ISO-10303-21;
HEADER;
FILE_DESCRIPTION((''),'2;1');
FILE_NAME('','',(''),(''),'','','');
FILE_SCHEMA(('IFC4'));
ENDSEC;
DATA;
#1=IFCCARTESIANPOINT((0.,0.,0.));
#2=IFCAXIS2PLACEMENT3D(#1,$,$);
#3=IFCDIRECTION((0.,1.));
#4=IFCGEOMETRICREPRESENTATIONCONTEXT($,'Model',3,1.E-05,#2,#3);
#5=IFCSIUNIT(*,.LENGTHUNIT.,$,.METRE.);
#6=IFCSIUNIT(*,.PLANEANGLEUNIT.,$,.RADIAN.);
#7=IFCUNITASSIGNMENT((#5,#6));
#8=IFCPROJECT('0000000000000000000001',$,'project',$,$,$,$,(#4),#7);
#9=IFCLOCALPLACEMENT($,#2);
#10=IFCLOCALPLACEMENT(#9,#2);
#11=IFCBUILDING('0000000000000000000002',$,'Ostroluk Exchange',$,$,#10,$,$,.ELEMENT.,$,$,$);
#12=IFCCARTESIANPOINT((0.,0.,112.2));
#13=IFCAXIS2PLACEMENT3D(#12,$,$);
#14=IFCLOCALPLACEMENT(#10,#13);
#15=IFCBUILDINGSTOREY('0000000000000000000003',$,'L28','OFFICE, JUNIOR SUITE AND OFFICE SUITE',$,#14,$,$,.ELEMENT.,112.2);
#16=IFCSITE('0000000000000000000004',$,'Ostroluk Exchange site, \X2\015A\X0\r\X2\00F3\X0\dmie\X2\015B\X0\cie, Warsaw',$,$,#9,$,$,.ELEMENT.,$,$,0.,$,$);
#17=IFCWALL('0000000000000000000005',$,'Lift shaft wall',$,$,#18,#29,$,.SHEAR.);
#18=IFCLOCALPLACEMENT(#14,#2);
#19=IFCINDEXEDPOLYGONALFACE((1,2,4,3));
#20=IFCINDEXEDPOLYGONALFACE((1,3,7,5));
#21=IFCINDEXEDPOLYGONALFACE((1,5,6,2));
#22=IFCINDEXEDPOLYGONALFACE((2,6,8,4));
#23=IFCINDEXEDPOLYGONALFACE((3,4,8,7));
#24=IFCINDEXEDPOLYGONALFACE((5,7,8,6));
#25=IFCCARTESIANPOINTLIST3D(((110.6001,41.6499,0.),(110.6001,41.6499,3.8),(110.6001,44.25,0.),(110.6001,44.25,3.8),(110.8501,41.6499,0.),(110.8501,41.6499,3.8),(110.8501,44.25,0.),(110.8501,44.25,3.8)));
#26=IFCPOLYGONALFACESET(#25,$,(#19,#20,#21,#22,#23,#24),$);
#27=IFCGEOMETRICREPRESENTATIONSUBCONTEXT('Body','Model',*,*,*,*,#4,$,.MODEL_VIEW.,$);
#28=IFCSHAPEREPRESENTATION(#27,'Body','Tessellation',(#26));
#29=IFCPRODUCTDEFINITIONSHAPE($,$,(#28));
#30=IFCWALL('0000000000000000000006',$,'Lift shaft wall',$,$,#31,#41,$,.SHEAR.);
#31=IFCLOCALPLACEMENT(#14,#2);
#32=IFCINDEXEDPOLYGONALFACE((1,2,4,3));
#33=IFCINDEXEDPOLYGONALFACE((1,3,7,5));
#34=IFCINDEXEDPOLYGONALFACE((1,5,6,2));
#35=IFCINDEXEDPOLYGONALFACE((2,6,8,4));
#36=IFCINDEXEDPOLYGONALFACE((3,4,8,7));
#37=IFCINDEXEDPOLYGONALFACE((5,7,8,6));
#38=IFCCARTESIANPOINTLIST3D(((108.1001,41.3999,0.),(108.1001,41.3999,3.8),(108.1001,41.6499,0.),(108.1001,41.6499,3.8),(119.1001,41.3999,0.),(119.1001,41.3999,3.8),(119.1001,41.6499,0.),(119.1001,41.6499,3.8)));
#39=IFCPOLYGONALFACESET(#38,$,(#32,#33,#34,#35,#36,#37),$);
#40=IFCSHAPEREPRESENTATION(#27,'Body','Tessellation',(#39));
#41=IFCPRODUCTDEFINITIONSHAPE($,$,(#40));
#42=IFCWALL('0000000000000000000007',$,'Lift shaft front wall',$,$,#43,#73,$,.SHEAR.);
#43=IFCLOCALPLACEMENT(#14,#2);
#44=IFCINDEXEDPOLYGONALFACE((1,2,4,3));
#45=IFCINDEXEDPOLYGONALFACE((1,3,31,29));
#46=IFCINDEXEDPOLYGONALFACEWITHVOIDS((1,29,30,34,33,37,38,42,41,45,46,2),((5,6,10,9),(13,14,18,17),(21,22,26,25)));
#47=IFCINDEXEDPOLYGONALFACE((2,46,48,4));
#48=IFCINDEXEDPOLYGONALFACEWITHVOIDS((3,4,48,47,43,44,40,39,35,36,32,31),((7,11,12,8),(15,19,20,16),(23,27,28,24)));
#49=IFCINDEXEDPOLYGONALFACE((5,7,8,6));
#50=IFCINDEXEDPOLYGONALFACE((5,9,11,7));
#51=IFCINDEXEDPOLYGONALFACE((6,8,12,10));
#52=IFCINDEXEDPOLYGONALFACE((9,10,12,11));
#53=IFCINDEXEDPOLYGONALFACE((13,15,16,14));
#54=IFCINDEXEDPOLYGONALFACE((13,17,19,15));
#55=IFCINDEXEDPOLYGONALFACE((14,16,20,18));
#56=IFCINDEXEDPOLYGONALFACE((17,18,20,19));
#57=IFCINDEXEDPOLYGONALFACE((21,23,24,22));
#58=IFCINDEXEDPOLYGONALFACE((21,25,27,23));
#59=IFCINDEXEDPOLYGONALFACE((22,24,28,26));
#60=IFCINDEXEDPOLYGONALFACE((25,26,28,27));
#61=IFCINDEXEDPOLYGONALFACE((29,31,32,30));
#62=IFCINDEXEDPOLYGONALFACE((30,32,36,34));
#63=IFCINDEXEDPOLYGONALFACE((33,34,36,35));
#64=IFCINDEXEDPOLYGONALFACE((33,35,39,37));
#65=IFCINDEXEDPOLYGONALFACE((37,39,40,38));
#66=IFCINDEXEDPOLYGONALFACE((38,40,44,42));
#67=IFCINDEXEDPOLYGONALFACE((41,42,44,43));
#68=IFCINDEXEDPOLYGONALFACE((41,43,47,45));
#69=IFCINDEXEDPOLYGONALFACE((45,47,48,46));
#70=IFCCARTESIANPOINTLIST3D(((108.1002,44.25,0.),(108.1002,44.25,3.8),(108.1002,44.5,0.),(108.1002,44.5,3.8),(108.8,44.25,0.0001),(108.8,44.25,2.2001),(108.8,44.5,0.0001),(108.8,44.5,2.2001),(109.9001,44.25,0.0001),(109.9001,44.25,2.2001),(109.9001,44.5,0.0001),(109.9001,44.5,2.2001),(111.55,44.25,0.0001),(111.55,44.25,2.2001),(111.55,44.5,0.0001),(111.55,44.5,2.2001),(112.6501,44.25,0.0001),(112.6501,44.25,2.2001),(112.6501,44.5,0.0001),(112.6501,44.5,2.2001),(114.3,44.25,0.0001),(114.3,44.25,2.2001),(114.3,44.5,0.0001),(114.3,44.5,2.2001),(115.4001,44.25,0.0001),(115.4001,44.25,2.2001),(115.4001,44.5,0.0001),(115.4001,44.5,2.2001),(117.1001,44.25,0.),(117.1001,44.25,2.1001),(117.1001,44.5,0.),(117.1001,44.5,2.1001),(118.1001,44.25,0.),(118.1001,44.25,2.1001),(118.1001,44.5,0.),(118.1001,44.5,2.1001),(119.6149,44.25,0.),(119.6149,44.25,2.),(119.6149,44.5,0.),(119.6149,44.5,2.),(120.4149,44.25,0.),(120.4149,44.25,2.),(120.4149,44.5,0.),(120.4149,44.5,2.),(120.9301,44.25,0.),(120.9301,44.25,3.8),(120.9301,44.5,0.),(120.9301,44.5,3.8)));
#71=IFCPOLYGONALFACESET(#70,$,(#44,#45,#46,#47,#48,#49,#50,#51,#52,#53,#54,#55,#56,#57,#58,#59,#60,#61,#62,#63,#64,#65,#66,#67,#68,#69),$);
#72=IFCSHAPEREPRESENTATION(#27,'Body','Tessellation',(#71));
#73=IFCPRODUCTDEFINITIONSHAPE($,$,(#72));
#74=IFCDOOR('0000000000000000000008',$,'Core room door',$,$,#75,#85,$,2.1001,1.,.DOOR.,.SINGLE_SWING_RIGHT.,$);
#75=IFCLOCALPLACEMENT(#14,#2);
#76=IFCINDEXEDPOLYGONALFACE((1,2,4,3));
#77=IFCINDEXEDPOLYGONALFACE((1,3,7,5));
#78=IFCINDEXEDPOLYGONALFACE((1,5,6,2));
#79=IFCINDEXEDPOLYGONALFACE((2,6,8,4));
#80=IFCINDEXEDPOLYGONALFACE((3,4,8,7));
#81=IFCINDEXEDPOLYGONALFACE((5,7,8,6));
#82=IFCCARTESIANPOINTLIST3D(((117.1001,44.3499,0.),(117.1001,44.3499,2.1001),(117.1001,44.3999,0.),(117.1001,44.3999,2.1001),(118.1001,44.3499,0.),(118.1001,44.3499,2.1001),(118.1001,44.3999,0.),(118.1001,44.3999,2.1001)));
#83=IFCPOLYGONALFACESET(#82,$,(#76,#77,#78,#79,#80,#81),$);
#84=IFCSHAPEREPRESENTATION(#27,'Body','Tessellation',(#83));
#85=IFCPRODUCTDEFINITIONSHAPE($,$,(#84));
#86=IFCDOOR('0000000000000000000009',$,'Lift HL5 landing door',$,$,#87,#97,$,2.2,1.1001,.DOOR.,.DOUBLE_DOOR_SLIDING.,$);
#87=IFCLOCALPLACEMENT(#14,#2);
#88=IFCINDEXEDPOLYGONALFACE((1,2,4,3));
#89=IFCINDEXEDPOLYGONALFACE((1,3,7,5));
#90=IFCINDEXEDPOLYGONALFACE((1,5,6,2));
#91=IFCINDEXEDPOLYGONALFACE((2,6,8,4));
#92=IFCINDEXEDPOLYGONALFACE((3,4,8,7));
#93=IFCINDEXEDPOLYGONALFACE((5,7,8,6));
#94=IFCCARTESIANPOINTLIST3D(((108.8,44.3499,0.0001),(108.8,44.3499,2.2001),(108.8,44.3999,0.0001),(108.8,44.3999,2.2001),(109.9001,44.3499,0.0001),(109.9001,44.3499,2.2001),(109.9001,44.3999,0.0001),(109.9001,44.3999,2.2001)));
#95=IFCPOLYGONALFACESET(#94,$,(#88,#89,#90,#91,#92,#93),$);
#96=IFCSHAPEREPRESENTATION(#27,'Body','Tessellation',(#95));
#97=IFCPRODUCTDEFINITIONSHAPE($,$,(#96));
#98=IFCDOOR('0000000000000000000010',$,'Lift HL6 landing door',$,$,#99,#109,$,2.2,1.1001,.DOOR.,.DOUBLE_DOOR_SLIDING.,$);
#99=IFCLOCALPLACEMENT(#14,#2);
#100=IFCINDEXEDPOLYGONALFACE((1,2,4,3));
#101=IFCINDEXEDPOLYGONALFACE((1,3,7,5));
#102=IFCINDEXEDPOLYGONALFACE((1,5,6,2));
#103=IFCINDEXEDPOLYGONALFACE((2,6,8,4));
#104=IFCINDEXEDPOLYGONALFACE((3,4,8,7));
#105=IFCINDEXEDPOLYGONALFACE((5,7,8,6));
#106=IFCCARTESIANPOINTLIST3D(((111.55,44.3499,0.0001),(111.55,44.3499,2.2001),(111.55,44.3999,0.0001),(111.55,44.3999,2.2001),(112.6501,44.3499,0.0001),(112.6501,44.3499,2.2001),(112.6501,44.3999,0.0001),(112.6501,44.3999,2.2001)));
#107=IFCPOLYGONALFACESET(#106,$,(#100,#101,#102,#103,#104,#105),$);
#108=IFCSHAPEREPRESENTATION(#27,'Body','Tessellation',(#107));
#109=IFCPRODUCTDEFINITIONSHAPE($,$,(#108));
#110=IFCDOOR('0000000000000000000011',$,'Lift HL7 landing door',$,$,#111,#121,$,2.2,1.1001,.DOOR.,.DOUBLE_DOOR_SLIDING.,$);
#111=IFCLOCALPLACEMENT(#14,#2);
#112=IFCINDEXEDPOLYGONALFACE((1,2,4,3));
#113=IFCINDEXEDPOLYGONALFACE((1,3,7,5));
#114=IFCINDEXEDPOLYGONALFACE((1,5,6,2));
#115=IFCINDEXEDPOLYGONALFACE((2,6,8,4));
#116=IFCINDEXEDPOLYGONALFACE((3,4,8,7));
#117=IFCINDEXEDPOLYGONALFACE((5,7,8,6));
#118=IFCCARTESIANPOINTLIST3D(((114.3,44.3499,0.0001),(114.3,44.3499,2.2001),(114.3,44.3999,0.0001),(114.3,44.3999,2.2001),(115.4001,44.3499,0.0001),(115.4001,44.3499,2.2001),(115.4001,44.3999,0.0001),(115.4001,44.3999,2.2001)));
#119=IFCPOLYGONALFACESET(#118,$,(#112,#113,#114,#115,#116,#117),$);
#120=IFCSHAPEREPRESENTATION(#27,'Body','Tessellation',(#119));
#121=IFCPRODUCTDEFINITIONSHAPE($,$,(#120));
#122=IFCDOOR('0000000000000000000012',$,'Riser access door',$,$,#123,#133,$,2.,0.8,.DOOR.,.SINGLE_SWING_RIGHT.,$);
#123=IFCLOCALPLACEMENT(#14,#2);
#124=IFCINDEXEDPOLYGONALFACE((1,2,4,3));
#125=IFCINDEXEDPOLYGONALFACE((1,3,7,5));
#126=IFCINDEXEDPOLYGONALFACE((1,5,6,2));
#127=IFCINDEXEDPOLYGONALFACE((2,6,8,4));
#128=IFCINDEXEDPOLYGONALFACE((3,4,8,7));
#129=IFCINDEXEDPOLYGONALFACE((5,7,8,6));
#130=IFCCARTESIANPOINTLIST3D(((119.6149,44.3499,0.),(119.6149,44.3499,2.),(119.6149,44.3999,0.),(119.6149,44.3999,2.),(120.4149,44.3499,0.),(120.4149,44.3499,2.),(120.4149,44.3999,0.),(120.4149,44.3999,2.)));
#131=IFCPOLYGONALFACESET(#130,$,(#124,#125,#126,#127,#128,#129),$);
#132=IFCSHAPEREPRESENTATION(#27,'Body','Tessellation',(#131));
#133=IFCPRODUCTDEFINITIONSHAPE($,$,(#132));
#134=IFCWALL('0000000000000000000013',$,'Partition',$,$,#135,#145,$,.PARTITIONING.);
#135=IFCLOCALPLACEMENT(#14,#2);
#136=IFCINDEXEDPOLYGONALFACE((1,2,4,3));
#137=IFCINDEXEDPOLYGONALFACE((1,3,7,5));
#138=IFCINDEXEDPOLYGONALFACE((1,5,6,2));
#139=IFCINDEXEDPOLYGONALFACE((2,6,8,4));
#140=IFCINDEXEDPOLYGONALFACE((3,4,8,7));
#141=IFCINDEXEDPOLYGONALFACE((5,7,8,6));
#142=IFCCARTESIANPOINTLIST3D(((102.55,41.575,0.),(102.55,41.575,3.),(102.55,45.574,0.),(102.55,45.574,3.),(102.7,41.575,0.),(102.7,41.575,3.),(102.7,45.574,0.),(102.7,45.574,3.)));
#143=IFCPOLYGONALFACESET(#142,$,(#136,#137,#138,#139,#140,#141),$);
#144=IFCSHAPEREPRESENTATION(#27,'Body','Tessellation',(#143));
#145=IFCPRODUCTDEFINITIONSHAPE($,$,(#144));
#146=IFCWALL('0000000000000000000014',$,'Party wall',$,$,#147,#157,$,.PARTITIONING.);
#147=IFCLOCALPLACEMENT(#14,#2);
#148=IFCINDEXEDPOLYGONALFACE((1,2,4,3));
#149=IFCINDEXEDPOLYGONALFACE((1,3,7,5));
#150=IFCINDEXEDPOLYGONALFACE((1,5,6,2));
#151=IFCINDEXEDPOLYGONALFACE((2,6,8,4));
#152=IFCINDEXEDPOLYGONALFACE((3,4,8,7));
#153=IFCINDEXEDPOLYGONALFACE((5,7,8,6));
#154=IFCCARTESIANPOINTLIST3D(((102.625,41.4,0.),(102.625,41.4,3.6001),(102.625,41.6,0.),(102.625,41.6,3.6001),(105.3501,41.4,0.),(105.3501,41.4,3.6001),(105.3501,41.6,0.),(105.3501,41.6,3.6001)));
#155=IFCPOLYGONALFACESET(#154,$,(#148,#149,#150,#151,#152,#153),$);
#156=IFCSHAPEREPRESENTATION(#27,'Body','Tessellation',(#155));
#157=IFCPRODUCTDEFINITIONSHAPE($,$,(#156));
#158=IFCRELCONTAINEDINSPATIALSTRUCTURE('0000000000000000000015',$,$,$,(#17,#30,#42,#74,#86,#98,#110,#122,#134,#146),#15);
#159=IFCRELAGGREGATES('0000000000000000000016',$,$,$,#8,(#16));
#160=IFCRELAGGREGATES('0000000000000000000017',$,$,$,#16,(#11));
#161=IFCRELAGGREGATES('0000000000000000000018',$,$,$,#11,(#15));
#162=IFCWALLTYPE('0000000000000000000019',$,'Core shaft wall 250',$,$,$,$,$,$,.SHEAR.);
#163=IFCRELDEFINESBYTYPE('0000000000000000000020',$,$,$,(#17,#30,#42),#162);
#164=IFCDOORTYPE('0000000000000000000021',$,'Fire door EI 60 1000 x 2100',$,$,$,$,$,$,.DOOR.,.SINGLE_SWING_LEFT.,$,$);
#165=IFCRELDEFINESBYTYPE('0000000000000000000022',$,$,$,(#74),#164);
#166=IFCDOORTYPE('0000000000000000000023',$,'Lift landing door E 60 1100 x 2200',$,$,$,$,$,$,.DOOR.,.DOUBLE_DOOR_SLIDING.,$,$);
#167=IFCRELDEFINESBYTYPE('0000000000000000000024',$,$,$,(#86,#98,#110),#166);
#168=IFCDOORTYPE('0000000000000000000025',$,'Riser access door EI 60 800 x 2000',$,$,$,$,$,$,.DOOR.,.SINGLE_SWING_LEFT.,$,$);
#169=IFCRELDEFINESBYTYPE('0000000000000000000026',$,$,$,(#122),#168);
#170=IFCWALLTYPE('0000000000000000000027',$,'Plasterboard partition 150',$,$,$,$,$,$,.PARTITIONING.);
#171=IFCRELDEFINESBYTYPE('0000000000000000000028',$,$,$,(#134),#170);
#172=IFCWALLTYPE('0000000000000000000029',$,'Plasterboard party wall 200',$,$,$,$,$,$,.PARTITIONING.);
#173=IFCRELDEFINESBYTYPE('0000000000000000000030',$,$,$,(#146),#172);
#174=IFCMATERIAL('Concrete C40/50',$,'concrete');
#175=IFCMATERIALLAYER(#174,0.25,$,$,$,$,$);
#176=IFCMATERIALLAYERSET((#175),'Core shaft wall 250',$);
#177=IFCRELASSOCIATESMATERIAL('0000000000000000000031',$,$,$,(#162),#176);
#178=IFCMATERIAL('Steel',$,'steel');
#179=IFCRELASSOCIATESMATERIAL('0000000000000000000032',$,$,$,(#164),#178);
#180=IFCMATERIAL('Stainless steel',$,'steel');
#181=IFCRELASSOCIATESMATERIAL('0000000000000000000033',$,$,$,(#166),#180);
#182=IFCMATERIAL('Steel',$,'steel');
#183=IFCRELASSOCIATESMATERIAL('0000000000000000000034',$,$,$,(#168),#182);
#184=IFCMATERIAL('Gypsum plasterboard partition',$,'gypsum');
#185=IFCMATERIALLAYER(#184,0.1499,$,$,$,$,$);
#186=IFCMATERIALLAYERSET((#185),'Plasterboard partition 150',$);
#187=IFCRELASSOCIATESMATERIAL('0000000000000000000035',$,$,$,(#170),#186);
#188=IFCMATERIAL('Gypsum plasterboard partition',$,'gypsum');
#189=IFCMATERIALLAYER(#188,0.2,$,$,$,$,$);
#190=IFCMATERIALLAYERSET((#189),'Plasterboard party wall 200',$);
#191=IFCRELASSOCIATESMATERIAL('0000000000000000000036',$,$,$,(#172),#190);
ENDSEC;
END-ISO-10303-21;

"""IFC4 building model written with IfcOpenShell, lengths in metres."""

from ifc_helpers import new_model, si_unit, direction, frame, frame_2d, origin, place, context, subcontext, project, spatial, rectangle, extrude, material, layer, layer_set, type_object, element, fill, save


model = new_model("IFC4")

# Units and contexts
model_context = context("Model", 3, precision=1e-05, world=origin(), true_north=direction((0.0, 1.0)))
body_context = subcontext(model_context, "Body", "Model", "MODEL_VIEW")
ifc_project = project(units=[si_unit("LENGTHUNIT", "METRE"), si_unit("PLANEANGLEUNIT", "RADIAN")], contexts=[model_context])

# Site, building, storey
site_placement = place(None, origin())
site = spatial("IfcSite", under=ifc_project, at=site_placement, Name="Ostroluk Exchange site, Śródmieście, Warsaw", CompositionType="ELEMENT", RefElevation=0.0)
building_placement = place(site_placement, origin())
building = spatial("IfcBuilding", under=site, at=building_placement, Name="Ostroluk Exchange", CompositionType="ELEMENT")
storey_placement = place(building_placement, frame((0.0, 0.0, 112.2)))
storey = spatial("IfcBuildingStorey", under=building, at=storey_placement, Name="L28", Description="OFFICE, JUNIOR SUITE AND OFFICE SUITE", CompositionType="ELEMENT", Elevation=112.2)

# Shared definitions
ifc_material_1 = material(Name="Concrete C40/50", Category="concrete")
ifc_layer_1 = layer(ifc_material_1, 0.25)
ifc_layer_set_1 = layer_set([ifc_layer_1], Name="Core shaft wall 250")
wall_type_1 = type_object("IfcWallType", Name="Core shaft wall 250", PredefinedType="SHEAR", material=ifc_layer_set_1)

# Walls
wall_1_placement = place(storey_placement, frame((110.7251, 44.25, 0.0), z_axis=(0.0, 0.0, 1.0), x_axis=(0.0, -1.0, 0.0)))
element("IfcWall", 1, at=wall_1_placement, inside=storey, type_object=wall_type_1, Name="Lift shaft wall", PredefinedType="SHEAR", context=body_context, shape_type="SweptSolid", body=[
    extrude(rectangle(XDim=2.6001, YDim=0.25, at=frame_2d((1.3, 0.0))), origin(), (0.0, 0.0, 1.0), 3.8),
])
wall_2_placement = place(storey_placement, frame((108.1001, 41.5249, 0.0), z_axis=(0.0, 0.0, 1.0), x_axis=(1.0, 0.0, 0.0)))
element("IfcWall", 2, at=wall_2_placement, inside=storey, type_object=wall_type_1, Name="Lift shaft wall", PredefinedType="SHEAR", context=body_context, shape_type="SweptSolid", body=[
    extrude(rectangle(XDim=11.0, YDim=0.25, at=frame_2d((5.5, 0.0))), origin(), (0.0, 0.0, 1.0), 3.8),
])

# Wall, openings, doors
wall_3_placement = place(storey_placement, frame((108.1001, 44.375, 0.0), z_axis=(0.0, 0.0, 1.0), x_axis=(1.0, 0.0, 0.0)))
wall_3 = element("IfcWall", 3, at=wall_3_placement, inside=storey, type_object=wall_type_1, Name="Lift shaft front wall", PredefinedType="SHEAR", context=body_context, shape_type="SweptSolid", body=[
    extrude(rectangle(XDim=12.8298, YDim=0.25, at=frame_2d((6.415, 0.0))), origin(), (0.0, 0.0, 1.0), 3.8),
])
opening_1_placement = place(wall_3_placement, frame((0.7, 0.0, 0.0)))
opening_1 = element("IfcOpeningElement", 4, at=opening_1_placement, cuts=wall_3, PredefinedType="OPENING", context=body_context, shape_type="SweptSolid", body=[
    extrude(rectangle(XDim=1.1001, YDim=2.2, at=frame_2d((0.55, 1.1001))), frame((0.0, 0.135, 0.0), z_axis=(0.0, -1.0, 0.0), x_axis=(1.0, 0.0, 0.0)), (0.0, 0.0, 1.0), 0.27),
])
opening_2_placement = place(wall_3_placement, frame((3.45, 0.0, 0.0)))
opening_2 = element("IfcOpeningElement", 5, at=opening_2_placement, cuts=wall_3, PredefinedType="OPENING", context=body_context, shape_type="SweptSolid", body=[
    extrude(rectangle(XDim=1.1001, YDim=2.2, at=frame_2d((0.55, 1.1001))), frame((0.0, 0.135, 0.0), z_axis=(0.0, -1.0, 0.0), x_axis=(1.0, 0.0, 0.0)), (0.0, 0.0, 1.0), 0.27),
])
opening_3_placement = place(wall_3_placement, frame((6.2, 0.0, 0.0)))
opening_3 = element("IfcOpeningElement", 6, at=opening_3_placement, cuts=wall_3, PredefinedType="OPENING", context=body_context, shape_type="SweptSolid", body=[
    extrude(rectangle(XDim=1.1001, YDim=2.2, at=frame_2d((0.55, 1.1001))), frame((0.0, 0.135, 0.0), z_axis=(0.0, -1.0, 0.0), x_axis=(1.0, 0.0, 0.0)), (0.0, 0.0, 1.0), 0.27),
])
opening_4_placement = place(wall_3_placement, frame((9.0, 0.0, 0.0)))
opening_4 = element("IfcOpeningElement", 7, at=opening_4_placement, cuts=wall_3, PredefinedType="OPENING", context=body_context, shape_type="SweptSolid", body=[
    extrude(rectangle(XDim=1.0, YDim=2.1001, at=frame_2d((0.5, 1.05))), frame((0.0, 0.135, 0.0), z_axis=(0.0, -1.0, 0.0), x_axis=(1.0, 0.0, 0.0)), (0.0, 0.0, 1.0), 0.27),
])
opening_5_placement = place(wall_3_placement, frame((11.5149, 0.0, 0.0)))
opening_5 = element("IfcOpeningElement", 8, at=opening_5_placement, cuts=wall_3, PredefinedType="OPENING", context=body_context, shape_type="SweptSolid", body=[
    extrude(rectangle(XDim=0.8, YDim=2.0, at=frame_2d((0.3999, 1.0))), frame((0.0, 0.135, 0.0), z_axis=(0.0, -1.0, 0.0), x_axis=(1.0, 0.0, 0.0)), (0.0, 0.0, 1.0), 0.27),
])
ifc_material_2 = material(Name="Steel", Category="steel")
door_type_1 = type_object("IfcDoorType", Name="Fire door EI 60 1000 x 2100", OperationType="SINGLE_SWING_LEFT", PredefinedType="DOOR", material=ifc_material_2)
door_1_placement = place(opening_4_placement, origin())
door_1 = element("IfcDoor", 9, at=door_1_placement, inside=storey, type_object=door_type_1, Name="Core room door", OperationType="SINGLE_SWING_RIGHT", OverallHeight=2.1001, OverallWidth=1.0, PredefinedType="DOOR", context=body_context, shape_type="SweptSolid", body=[
    extrude(rectangle(XDim=1.0, YDim=2.1001, at=frame_2d((0.5, 1.05))), frame((0.0, 0.0249, 0.0), z_axis=(0.0, -1.0, 0.0), x_axis=(1.0, 0.0, 0.0)), (0.0, 0.0, 1.0), 0.05),
])
fill(opening_4, door_1)
ifc_material_3 = material(Name="Stainless steel", Category="steel")
door_type_2 = type_object("IfcDoorType", Name="Lift landing door E 60 1100 x 2200", OperationType="DOUBLE_DOOR_SLIDING", PredefinedType="DOOR", material=ifc_material_3)
door_2_placement = place(opening_1_placement, origin())
door_2 = element("IfcDoor", 10, at=door_2_placement, inside=storey, type_object=door_type_2, Name="Lift HL5 landing door", OperationType="DOUBLE_DOOR_SLIDING", OverallHeight=2.2, OverallWidth=1.1001, PredefinedType="DOOR", context=body_context, shape_type="SweptSolid", body=[
    extrude(rectangle(XDim=1.1001, YDim=2.2, at=frame_2d((0.55, 1.1001))), frame((0.0, 0.0249, 0.0), z_axis=(0.0, -1.0, 0.0), x_axis=(1.0, 0.0, 0.0)), (0.0, 0.0, 1.0), 0.05),
])
fill(opening_1, door_2)
door_3_placement = place(opening_2_placement, origin())
door_3 = element("IfcDoor", 11, at=door_3_placement, inside=storey, type_object=door_type_2, Name="Lift HL6 landing door", OperationType="DOUBLE_DOOR_SLIDING", OverallHeight=2.2, OverallWidth=1.1001, PredefinedType="DOOR", context=body_context, shape_type="SweptSolid", body=[
    extrude(rectangle(XDim=1.1001, YDim=2.2, at=frame_2d((0.55, 1.1001))), frame((0.0, 0.0249, 0.0), z_axis=(0.0, -1.0, 0.0), x_axis=(1.0, 0.0, 0.0)), (0.0, 0.0, 1.0), 0.05),
])
fill(opening_2, door_3)
door_4_placement = place(opening_3_placement, origin())
door_4 = element("IfcDoor", 12, at=door_4_placement, inside=storey, type_object=door_type_2, Name="Lift HL7 landing door", OperationType="DOUBLE_DOOR_SLIDING", OverallHeight=2.2, OverallWidth=1.1001, PredefinedType="DOOR", context=body_context, shape_type="SweptSolid", body=[
    extrude(rectangle(XDim=1.1001, YDim=2.2, at=frame_2d((0.55, 1.1001))), frame((0.0, 0.0249, 0.0), z_axis=(0.0, -1.0, 0.0), x_axis=(1.0, 0.0, 0.0)), (0.0, 0.0, 1.0), 0.05),
])
fill(opening_3, door_4)
ifc_material_4 = material(Name="Steel", Category="steel")
door_type_3 = type_object("IfcDoorType", Name="Riser access door EI 60 800 x 2000", OperationType="SINGLE_SWING_LEFT", PredefinedType="DOOR", material=ifc_material_4)
door_5_placement = place(opening_5_placement, origin())
door_5 = element("IfcDoor", 13, at=door_5_placement, inside=storey, type_object=door_type_3, Name="Riser access door", OperationType="SINGLE_SWING_RIGHT", OverallHeight=2.0, OverallWidth=0.8, PredefinedType="DOOR", context=body_context, shape_type="SweptSolid", body=[
    extrude(rectangle(XDim=0.8, YDim=2.0, at=frame_2d((0.3999, 1.0))), frame((0.0, 0.0249, 0.0), z_axis=(0.0, -1.0, 0.0), x_axis=(1.0, 0.0, 0.0)), (0.0, 0.0, 1.0), 0.05),
])
fill(opening_5, door_5)

# Walls
ifc_material_5 = material(Name="Gypsum plasterboard partition", Category="gypsum")
ifc_layer_2 = layer(ifc_material_5, 0.1499)
ifc_layer_set_2 = layer_set([ifc_layer_2], Name="Plasterboard partition 150")
wall_type_2 = type_object("IfcWallType", Name="Plasterboard partition 150", PredefinedType="PARTITIONING", material=ifc_layer_set_2)
wall_4_placement = place(storey_placement, frame((102.625, 45.574, 0.0), z_axis=(0.0, 0.0, 1.0), x_axis=(0.0, -1.0, 0.0)))
element("IfcWall", 14, at=wall_4_placement, inside=storey, type_object=wall_type_2, Name="Partition", PredefinedType="PARTITIONING", context=body_context, shape_type="SweptSolid", body=[
    extrude(rectangle(XDim=3.999, YDim=0.1499, at=frame_2d((1.9995, 0.0))), origin(), (0.0, 0.0, 1.0), 3.0),
])
ifc_material_6 = material(Name="Gypsum plasterboard partition", Category="gypsum")
ifc_layer_3 = layer(ifc_material_6, 0.2)
ifc_layer_set_3 = layer_set([ifc_layer_3], Name="Plasterboard party wall 200")
wall_type_3 = type_object("IfcWallType", Name="Plasterboard party wall 200", PredefinedType="PARTITIONING", material=ifc_layer_set_3)
wall_5_placement = place(storey_placement, frame((105.3501, 41.5, 0.0), z_axis=(0.0, 0.0, 1.0), x_axis=(-1.0, 0.0, 0.0)))
element("IfcWall", 15, at=wall_5_placement, inside=storey, type_object=wall_type_3, Name="Party wall", PredefinedType="PARTITIONING", context=body_context, shape_type="SweptSolid", body=[
    extrude(rectangle(XDim=2.7251, YDim=0.2, at=frame_2d((1.3625, 0.0))), origin(), (0.0, 0.0, 1.0), 3.6001),
])

save(model, "model.ifc")
